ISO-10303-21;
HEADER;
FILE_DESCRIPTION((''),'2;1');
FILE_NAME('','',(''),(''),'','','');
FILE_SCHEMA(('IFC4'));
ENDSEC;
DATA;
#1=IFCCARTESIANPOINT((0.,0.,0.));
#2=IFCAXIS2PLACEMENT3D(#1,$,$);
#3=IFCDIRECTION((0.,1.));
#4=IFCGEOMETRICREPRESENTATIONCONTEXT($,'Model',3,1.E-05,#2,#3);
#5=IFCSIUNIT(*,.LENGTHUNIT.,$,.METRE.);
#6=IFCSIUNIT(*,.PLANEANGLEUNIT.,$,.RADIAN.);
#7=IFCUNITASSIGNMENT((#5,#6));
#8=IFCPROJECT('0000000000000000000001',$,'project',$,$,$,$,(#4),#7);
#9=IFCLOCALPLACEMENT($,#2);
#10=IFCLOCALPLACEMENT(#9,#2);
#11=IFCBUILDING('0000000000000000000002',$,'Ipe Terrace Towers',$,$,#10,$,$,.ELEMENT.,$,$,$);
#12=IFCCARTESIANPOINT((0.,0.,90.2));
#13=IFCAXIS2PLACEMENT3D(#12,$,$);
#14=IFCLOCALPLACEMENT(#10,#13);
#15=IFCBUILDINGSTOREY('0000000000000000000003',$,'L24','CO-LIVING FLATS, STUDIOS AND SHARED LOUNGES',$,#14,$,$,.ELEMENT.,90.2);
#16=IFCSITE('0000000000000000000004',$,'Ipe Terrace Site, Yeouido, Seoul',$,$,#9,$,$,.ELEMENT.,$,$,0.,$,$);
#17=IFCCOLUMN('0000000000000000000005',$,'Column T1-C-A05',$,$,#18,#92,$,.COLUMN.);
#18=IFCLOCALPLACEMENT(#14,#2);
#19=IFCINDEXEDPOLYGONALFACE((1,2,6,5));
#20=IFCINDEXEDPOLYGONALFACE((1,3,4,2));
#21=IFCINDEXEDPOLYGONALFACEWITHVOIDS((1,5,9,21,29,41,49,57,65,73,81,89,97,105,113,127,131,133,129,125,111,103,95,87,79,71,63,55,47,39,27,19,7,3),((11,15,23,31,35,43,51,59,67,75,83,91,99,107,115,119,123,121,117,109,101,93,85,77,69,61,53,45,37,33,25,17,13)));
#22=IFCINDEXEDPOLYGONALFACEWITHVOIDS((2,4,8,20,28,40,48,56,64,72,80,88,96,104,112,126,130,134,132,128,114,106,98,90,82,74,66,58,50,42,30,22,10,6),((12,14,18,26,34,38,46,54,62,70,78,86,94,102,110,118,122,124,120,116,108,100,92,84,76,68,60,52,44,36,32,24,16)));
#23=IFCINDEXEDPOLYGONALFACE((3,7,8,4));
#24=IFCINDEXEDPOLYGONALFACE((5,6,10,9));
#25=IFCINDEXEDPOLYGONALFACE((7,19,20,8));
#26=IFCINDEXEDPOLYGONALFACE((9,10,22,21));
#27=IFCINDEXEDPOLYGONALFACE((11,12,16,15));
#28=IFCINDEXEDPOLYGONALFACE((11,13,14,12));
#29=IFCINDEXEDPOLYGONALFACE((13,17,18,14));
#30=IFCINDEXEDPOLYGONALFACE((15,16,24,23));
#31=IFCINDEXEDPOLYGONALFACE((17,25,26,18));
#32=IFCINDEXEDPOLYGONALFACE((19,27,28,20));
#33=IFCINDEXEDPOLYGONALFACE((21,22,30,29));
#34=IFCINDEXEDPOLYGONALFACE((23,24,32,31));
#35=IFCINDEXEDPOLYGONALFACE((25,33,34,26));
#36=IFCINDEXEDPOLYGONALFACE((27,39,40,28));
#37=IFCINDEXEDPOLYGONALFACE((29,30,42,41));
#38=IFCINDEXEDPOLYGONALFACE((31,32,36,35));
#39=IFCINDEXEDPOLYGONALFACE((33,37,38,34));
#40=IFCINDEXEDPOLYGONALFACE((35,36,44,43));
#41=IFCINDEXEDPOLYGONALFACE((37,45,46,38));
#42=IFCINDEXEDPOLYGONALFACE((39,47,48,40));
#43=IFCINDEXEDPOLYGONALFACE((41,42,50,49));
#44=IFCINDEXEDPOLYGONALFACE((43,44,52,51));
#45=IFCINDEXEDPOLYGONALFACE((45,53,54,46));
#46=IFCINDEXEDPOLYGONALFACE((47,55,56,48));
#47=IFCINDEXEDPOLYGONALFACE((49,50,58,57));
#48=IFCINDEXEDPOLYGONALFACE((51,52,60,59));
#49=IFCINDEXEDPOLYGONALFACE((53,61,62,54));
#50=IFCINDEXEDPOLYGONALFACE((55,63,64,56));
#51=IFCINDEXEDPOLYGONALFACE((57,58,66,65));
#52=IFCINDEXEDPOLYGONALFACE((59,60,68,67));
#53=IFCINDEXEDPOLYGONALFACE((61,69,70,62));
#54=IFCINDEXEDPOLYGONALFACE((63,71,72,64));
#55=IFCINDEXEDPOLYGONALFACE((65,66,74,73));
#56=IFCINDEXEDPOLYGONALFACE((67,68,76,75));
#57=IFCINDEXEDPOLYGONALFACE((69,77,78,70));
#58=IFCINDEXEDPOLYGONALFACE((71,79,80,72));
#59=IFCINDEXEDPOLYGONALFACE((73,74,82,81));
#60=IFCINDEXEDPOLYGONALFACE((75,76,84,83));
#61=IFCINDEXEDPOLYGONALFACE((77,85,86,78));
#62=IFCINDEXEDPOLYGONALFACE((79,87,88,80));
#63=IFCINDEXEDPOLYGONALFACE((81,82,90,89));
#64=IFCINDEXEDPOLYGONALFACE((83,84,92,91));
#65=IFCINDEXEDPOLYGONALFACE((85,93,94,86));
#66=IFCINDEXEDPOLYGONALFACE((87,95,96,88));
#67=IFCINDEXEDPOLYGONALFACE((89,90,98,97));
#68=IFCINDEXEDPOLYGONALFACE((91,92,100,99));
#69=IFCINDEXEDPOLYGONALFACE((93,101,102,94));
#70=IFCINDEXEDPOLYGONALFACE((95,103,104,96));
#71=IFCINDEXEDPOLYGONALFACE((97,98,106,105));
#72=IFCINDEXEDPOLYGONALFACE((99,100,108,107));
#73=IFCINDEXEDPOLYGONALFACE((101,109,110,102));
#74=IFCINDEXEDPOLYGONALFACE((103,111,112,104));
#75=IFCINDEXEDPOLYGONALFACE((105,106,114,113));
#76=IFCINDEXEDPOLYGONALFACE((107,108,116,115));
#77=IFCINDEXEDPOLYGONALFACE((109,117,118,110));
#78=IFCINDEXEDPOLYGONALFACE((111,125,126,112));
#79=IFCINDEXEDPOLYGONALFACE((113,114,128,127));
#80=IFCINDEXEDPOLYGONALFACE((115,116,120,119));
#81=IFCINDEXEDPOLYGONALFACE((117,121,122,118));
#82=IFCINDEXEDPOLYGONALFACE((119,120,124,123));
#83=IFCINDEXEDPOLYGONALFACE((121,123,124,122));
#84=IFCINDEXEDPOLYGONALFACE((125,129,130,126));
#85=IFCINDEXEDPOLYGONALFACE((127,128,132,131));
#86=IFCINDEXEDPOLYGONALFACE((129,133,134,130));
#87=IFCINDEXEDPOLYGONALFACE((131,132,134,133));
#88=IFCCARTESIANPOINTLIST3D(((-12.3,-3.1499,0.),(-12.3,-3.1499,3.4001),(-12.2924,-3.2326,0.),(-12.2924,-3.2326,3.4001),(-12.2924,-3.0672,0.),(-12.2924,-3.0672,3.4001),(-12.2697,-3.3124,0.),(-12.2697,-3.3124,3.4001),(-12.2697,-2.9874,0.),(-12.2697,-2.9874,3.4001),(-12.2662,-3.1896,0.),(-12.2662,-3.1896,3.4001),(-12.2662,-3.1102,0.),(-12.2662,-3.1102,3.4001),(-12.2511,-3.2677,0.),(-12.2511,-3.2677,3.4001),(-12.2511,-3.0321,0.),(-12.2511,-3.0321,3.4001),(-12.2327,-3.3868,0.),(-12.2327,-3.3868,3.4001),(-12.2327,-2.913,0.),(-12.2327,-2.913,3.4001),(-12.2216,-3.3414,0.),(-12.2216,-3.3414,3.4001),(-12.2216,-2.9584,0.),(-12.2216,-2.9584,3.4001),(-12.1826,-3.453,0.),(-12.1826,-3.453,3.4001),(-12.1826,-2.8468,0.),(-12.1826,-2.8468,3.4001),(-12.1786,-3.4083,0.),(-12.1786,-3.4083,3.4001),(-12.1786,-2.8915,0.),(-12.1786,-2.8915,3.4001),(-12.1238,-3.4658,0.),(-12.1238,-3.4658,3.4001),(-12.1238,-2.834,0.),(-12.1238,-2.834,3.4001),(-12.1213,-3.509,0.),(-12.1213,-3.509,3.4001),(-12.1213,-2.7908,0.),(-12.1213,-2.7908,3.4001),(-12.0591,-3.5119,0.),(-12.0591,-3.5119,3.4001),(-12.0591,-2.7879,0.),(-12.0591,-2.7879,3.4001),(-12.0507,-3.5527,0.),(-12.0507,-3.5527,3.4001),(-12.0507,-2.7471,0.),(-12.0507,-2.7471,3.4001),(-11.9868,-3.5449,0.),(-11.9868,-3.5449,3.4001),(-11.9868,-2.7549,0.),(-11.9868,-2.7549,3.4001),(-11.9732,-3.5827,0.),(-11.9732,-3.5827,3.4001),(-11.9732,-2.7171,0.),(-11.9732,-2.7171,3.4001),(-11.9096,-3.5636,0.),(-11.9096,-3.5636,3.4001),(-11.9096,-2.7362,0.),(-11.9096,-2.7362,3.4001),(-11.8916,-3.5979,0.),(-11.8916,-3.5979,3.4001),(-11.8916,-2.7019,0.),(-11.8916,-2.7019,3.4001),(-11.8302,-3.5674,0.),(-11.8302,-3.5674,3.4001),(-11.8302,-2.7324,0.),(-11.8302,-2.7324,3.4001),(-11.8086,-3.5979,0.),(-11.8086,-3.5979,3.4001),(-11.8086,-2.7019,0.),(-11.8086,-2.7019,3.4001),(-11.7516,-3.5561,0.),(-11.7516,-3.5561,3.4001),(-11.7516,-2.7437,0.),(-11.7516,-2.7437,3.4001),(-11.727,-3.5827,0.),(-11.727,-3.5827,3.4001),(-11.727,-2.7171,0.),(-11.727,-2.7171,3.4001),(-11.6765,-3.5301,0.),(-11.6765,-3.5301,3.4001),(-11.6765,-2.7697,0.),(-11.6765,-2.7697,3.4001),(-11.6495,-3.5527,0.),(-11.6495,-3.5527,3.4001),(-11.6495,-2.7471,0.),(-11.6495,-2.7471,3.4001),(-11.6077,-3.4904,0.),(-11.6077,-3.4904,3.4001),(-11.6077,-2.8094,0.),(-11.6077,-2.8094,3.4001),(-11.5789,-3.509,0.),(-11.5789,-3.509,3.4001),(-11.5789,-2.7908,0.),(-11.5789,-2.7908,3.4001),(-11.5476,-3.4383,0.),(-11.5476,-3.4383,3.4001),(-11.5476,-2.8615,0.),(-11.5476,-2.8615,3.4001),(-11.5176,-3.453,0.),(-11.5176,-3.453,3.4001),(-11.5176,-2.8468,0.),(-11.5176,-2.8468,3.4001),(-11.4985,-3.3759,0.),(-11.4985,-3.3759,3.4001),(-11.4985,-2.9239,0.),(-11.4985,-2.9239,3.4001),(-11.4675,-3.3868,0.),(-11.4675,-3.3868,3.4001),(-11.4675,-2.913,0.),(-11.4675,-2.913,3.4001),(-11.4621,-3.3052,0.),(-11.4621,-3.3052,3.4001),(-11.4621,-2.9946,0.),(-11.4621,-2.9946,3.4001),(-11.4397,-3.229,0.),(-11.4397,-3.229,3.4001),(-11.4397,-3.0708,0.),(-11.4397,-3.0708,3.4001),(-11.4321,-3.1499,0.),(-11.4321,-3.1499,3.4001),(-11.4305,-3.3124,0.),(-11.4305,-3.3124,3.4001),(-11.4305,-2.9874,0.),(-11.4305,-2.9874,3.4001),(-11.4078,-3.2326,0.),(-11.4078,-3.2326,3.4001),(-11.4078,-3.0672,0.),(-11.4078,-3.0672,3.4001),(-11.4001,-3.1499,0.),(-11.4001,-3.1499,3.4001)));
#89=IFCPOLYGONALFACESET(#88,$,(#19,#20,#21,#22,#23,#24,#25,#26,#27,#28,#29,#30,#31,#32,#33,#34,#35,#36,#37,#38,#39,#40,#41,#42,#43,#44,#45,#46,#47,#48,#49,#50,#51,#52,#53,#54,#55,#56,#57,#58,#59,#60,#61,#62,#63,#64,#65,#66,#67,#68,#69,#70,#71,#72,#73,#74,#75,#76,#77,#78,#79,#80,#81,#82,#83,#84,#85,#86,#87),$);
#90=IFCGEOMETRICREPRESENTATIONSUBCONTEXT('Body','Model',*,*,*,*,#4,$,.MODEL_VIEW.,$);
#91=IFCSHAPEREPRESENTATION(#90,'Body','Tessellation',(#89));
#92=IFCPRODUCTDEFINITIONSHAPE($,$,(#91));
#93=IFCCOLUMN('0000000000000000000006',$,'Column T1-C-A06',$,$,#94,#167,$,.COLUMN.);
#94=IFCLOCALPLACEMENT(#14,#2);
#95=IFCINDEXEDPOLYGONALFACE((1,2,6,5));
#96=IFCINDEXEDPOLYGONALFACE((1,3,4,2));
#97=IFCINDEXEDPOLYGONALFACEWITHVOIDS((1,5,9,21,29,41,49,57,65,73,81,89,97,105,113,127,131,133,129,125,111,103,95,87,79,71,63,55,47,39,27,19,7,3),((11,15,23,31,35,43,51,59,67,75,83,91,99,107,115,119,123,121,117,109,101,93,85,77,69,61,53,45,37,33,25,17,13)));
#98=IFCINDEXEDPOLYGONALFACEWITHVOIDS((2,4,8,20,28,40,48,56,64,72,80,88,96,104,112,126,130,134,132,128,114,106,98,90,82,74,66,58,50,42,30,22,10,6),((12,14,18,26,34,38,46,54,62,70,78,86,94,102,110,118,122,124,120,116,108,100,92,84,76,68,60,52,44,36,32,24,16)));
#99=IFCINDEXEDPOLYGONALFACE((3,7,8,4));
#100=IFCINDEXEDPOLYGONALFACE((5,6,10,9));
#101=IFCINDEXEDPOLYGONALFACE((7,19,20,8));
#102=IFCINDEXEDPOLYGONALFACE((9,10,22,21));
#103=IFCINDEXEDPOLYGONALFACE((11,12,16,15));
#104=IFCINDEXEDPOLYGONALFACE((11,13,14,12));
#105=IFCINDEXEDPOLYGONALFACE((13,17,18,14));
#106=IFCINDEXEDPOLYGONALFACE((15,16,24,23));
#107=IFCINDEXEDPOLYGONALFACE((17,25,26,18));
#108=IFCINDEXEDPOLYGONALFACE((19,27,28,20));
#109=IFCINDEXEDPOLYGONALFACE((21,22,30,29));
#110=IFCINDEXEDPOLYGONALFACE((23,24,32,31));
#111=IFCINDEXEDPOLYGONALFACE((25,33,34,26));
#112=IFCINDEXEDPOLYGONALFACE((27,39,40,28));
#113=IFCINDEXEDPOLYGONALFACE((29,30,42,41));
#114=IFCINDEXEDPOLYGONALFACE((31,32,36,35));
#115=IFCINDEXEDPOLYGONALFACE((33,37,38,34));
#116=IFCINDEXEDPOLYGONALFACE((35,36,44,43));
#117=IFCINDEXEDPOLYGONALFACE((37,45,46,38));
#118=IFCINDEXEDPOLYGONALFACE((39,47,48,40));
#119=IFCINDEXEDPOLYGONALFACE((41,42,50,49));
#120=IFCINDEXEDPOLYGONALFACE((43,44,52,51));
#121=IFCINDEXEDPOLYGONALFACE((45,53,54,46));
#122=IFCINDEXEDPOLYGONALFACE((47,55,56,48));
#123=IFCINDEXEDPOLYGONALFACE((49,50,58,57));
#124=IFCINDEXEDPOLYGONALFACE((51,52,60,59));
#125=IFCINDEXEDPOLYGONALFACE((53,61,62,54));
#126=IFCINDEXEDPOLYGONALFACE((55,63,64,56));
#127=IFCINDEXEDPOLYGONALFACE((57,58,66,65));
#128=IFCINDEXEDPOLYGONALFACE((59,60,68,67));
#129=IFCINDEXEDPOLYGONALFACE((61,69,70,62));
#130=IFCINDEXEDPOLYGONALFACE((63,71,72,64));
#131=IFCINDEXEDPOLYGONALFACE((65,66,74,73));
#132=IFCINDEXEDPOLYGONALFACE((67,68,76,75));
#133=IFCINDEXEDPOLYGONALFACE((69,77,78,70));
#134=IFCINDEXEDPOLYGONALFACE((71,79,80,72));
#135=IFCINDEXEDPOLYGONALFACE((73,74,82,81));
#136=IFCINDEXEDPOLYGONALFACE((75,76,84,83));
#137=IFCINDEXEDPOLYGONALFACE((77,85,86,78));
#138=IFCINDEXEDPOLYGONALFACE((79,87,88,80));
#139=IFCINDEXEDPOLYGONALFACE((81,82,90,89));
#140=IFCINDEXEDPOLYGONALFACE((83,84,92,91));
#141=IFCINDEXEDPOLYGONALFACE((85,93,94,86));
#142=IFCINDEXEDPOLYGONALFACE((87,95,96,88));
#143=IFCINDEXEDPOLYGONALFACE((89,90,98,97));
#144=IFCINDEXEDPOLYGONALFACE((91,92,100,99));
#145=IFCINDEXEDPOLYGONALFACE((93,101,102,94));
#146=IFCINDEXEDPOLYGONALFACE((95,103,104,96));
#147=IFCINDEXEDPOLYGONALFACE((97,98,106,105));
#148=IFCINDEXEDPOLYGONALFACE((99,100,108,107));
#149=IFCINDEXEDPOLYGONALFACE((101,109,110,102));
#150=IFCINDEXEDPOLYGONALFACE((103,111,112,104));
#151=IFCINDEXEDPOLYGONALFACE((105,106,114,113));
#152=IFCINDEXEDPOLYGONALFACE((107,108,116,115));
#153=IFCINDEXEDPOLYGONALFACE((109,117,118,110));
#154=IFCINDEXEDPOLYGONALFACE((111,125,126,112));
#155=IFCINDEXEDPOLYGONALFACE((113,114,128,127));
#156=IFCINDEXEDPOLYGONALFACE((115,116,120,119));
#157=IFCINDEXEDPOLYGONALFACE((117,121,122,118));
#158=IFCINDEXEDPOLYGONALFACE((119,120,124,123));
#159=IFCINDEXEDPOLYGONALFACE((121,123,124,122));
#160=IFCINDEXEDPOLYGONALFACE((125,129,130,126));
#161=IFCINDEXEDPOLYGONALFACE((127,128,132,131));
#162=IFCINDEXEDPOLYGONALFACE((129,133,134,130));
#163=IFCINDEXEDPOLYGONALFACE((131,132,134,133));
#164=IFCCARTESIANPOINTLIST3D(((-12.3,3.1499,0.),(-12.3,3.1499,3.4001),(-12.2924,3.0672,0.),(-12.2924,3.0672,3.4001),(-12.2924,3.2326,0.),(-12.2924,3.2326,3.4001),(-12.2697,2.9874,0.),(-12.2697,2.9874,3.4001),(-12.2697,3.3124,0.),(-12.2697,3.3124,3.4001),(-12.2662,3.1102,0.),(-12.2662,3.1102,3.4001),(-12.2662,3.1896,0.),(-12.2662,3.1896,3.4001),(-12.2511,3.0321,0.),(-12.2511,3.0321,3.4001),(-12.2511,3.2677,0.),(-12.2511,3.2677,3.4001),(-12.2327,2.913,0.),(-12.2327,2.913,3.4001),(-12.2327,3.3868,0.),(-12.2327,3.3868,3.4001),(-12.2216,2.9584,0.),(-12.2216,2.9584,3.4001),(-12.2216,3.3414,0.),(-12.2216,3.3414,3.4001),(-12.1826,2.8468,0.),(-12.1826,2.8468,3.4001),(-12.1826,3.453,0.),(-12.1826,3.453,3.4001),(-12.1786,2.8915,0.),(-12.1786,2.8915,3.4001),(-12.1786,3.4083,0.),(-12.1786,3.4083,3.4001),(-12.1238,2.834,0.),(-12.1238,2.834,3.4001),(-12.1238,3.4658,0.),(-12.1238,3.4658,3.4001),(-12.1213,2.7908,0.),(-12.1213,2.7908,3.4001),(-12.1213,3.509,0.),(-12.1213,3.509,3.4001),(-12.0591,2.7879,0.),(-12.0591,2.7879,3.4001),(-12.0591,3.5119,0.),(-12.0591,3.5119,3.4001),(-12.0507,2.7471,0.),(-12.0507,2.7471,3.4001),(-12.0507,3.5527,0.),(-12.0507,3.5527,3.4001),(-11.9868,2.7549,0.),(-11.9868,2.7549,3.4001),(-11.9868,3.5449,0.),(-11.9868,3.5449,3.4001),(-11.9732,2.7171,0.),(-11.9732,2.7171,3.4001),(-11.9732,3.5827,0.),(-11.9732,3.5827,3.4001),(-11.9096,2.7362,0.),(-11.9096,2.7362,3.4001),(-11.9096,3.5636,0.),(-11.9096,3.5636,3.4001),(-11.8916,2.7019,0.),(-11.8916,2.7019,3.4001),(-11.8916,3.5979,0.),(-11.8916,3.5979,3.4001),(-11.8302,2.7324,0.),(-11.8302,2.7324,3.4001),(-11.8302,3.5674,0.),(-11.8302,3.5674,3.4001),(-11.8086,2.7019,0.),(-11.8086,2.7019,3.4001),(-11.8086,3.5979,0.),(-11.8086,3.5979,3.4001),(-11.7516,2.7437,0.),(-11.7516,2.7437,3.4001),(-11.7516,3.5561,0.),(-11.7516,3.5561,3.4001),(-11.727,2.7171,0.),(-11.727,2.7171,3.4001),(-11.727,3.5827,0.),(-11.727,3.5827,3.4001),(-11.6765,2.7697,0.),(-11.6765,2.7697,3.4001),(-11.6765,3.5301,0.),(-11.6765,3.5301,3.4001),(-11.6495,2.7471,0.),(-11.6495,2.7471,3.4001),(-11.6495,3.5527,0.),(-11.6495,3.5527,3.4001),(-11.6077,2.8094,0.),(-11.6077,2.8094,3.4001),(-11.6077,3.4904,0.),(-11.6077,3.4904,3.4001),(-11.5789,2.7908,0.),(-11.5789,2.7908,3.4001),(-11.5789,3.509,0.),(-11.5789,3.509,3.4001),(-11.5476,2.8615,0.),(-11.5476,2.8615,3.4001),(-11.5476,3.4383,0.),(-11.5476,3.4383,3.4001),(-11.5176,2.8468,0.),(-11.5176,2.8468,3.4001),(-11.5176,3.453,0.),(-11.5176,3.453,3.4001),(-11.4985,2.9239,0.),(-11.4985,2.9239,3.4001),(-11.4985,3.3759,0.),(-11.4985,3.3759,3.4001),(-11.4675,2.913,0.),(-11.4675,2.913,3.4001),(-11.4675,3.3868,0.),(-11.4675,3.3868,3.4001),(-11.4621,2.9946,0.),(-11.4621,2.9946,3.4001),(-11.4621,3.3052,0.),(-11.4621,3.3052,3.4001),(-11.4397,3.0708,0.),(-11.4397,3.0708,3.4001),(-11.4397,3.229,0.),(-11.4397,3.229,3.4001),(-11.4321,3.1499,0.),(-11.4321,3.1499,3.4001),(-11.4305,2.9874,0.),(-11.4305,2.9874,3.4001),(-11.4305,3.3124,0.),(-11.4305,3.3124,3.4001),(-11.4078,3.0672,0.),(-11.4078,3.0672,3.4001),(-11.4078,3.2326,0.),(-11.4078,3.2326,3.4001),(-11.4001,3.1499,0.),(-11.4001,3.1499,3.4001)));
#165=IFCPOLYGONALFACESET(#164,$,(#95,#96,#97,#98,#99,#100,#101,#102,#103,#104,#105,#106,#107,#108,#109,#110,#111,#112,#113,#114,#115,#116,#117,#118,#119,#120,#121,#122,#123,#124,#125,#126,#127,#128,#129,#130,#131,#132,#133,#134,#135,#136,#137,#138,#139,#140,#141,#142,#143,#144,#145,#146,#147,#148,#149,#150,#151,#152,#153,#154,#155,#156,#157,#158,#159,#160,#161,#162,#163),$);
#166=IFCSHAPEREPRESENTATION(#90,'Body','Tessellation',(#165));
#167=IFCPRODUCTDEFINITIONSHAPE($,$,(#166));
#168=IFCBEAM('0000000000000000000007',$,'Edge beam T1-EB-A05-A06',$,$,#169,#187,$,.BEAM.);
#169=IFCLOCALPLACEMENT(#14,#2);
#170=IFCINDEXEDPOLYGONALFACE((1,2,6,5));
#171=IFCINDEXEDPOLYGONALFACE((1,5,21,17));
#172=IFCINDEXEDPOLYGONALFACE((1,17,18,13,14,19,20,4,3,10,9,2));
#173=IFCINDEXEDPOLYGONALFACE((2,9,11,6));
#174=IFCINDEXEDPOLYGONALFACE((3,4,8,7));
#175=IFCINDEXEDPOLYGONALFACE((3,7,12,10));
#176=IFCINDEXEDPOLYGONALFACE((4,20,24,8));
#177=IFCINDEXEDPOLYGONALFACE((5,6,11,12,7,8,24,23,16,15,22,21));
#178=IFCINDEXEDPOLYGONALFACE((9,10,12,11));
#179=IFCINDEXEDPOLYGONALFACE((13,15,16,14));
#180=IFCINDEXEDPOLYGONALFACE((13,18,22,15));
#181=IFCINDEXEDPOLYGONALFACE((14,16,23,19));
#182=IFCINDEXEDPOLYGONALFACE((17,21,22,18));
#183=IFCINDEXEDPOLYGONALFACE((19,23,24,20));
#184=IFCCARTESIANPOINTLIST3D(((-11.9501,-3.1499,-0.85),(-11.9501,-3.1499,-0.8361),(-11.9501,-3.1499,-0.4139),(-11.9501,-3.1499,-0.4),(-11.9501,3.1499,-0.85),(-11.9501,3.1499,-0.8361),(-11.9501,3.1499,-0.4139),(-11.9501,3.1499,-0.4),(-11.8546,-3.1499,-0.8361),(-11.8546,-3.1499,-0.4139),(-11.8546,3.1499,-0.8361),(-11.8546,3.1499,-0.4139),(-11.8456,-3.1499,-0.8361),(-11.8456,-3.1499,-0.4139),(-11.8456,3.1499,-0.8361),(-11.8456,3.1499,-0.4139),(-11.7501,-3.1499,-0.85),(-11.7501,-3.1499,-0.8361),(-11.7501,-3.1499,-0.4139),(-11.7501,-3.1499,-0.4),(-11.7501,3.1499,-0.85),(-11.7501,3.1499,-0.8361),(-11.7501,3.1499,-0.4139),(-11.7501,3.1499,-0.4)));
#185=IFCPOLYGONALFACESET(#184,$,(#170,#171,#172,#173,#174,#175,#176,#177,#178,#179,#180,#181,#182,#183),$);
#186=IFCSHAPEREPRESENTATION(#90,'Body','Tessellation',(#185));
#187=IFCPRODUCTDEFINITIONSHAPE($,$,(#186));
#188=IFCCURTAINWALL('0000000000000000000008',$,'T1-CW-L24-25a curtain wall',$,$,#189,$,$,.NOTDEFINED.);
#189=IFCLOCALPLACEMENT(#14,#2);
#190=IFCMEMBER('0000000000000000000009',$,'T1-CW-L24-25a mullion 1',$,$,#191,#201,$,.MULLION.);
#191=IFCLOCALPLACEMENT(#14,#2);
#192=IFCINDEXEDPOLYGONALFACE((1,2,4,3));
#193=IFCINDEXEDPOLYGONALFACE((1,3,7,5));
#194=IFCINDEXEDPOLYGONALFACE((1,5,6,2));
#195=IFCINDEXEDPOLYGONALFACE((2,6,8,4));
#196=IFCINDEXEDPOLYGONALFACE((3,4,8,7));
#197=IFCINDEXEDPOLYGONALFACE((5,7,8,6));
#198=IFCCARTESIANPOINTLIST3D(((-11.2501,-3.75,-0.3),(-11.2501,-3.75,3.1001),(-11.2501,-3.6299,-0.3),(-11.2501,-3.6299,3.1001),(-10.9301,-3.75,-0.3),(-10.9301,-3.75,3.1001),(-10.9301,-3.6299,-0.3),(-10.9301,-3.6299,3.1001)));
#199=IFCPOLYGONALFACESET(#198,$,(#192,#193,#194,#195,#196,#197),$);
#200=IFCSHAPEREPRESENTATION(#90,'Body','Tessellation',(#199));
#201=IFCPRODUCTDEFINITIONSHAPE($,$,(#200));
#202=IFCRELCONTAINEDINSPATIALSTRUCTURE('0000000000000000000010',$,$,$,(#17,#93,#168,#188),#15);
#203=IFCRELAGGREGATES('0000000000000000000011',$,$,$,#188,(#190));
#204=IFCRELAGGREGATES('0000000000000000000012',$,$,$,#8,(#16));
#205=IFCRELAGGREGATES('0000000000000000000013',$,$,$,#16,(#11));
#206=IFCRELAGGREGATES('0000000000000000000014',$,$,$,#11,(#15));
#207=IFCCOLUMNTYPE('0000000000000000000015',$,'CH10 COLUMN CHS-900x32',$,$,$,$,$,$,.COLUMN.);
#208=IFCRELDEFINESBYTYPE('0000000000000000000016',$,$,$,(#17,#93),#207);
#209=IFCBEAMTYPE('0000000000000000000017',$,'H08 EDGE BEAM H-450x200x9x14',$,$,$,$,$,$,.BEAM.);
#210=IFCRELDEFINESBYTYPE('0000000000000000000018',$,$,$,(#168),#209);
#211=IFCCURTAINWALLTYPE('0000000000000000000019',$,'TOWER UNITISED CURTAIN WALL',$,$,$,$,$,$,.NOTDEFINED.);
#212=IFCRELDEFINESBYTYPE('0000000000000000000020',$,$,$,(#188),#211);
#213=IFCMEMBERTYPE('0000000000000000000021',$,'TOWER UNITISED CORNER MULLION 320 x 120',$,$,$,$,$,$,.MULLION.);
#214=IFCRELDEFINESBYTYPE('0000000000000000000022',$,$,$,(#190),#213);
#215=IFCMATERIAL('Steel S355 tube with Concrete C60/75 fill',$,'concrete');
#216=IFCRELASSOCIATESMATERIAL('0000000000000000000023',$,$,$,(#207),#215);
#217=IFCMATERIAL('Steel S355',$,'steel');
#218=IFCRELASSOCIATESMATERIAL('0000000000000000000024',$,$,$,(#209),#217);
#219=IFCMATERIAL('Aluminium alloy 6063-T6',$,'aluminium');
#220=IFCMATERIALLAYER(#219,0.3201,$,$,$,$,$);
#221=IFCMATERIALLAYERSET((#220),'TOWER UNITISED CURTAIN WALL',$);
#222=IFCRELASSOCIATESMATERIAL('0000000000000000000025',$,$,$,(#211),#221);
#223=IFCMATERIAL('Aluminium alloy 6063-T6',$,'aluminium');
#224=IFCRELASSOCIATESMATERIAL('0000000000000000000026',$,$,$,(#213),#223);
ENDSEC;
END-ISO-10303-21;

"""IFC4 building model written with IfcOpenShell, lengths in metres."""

from ifc_helpers import new_model, si_unit, direction, frame, origin, origin_2d, place, context, subcontext, project, spatial, rectangle, hollow_circle, i_section, extrude, material, layer, layer_set, material_profile, profile_set, type_object, element, aggregate, save


model = new_model("IFC4")

# Units and contexts
model_context = context("Model", 3, precision=1e-05, world=origin(), true_north=direction((0.0, 1.0)))
body_context = subcontext(model_context, "Body", "Model", "MODEL_VIEW")
ifc_project = project(units=[si_unit("LENGTHUNIT", "METRE"), si_unit("PLANEANGLEUNIT", "RADIAN")], contexts=[model_context])

# Site, building, storey
site_placement = place(None, origin())
site = spatial("IfcSite", under=ifc_project, at=site_placement, Name="Ipe Terrace Site, Yeouido, Seoul", CompositionType="ELEMENT", RefElevation=0.0)
building_placement = place(site_placement, origin())
building = spatial("IfcBuilding", under=site, at=building_placement, Name="Ipe Terrace Towers", CompositionType="ELEMENT")
storey_placement = place(building_placement, frame((0.0, 0.0, 90.2)))
storey = spatial("IfcBuildingStorey", under=building, at=storey_placement, Name="L24", Description="CO-LIVING FLATS, STUDIOS AND SHARED LOUNGES", CompositionType="ELEMENT", Elevation=90.2)

# Columns
ifc_material_1 = material(Name="Steel S355 tube with Concrete C60/75 fill", Category="concrete")
ifc_material_profile_1 = material_profile(ifc_material_1, hollow_circle(Radius=0.45, WallThickness=0.032, at=origin_2d()), Name="CHS-900x32")
ifc_profile_set_1 = profile_set([ifc_material_profile_1], Name="Steel S355 tube with Concrete C60/75 fill")
column_type = type_object("IfcColumnType", Name="CH10 COLUMN CHS-900x32", PredefinedType="COLUMN", material=ifc_profile_set_1)
for number, where, z_axis, x_axis, name in (
    (1, (-11.8501, -3.1499, 0.0), (0.0, 0.0, 1.0), (1.0, 0.0, 0.0), "Column T1-C-A05"),
    (2, (-11.8501, 3.1499, 0.0), (0.0, 0.0, 1.0), (1.0, 0.0, 0.0), "Column T1-C-A06"),
):
    element("IfcColumn", number, at=place(storey_placement, frame(where, z_axis=z_axis, x_axis=x_axis)), inside=storey, type_object=column_type, Name=name, PredefinedType="COLUMN", context=body_context, shape_type="SweptSolid", body=[
        extrude(hollow_circle(Radius=0.45, WallThickness=0.032, at=origin_2d()), origin(), (0.0, 0.0, 1.0), 3.4001),
    ])

# Beam
ifc_material_2 = material(Name="Steel S355", Category="steel")
ifc_material_profile_2 = material_profile(ifc_material_2, i_section(OverallWidth=0.2, OverallDepth=0.45, WebThickness=0.009, FlangeThickness=0.0139, at=origin_2d()), Name="H-450x200x9x14")
ifc_profile_set_2 = profile_set([ifc_material_profile_2], Name="Steel S355")
beam_type = type_object("IfcBeamType", Name="H08 EDGE BEAM H-450x200x9x14", PredefinedType="BEAM", material=ifc_profile_set_2)
beam_placement = place(storey_placement, frame((-11.8501, -3.1499, -0.625), z_axis=(0.0, 1.0, 0.0), x_axis=(-1.0, 0.0, 0.0)))
element("IfcBeam", 3, at=beam_placement, inside=storey, type_object=beam_type, Name="Edge beam T1-EB-A05-A06", PredefinedType="BEAM", context=body_context, shape_type="SweptSolid", body=[
    extrude(i_section(OverallWidth=0.2, OverallDepth=0.45, WebThickness=0.009, FlangeThickness=0.0139, at=origin_2d()), origin(), (0.0, 0.0, 1.0), 6.2998),
])

# Curtain wall, member
ifc_material_3 = material(Name="Aluminium alloy 6063-T6", Category="aluminium")
ifc_layer_1 = layer(ifc_material_3, 0.3201)
ifc_layer_set_1 = layer_set([ifc_layer_1], Name="TOWER UNITISED CURTAIN WALL")
curtain_wall_type = type_object("IfcCurtainWallType", Name="TOWER UNITISED CURTAIN WALL", PredefinedType="NOTDEFINED", material=ifc_layer_set_1)
curtain_wall_placement = place(storey_placement, origin())
curtain_wall = element("IfcCurtainWall", 4, at=curtain_wall_placement, inside=storey, type_object=curtain_wall_type, Name="T1-CW-L24-25a curtain wall", PredefinedType="NOTDEFINED")
ifc_material_4 = material(Name="Aluminium alloy 6063-T6", Category="aluminium")
ifc_material_profile_3 = material_profile(ifc_material_4, rectangle(XDim=0.3201, YDim=0.1201, at=origin_2d()), Name="TOWER UNITISED CORNER MULLION 320 x 120")
ifc_profile_set_3 = profile_set([ifc_material_profile_3], Name="Aluminium alloy 6063-T6")
member_type_1 = type_object("IfcMemberType", Name="TOWER UNITISED CORNER MULLION 320 x 120", PredefinedType="MULLION", material=ifc_profile_set_3)
member_1_placement = place(storey_placement, frame((-11.0901, -3.6899, -0.3), z_axis=(0.0, 0.0, 1.0), x_axis=(1.0, 0.0, 0.0)))
member_1 = element("IfcMember", 5, at=member_1_placement, type_object=member_type_1, Name="T1-CW-L24-25a mullion 1", PredefinedType="MULLION", context=body_context, shape_type="SweptSolid", body=[
    extrude(rectangle(XDim=0.3201, YDim=0.1201, at=origin_2d()), origin(), (0.0, 0.0, 1.0), 3.4001),
])

aggregate(curtain_wall, [member_1])

save(model, "model.ifc")
